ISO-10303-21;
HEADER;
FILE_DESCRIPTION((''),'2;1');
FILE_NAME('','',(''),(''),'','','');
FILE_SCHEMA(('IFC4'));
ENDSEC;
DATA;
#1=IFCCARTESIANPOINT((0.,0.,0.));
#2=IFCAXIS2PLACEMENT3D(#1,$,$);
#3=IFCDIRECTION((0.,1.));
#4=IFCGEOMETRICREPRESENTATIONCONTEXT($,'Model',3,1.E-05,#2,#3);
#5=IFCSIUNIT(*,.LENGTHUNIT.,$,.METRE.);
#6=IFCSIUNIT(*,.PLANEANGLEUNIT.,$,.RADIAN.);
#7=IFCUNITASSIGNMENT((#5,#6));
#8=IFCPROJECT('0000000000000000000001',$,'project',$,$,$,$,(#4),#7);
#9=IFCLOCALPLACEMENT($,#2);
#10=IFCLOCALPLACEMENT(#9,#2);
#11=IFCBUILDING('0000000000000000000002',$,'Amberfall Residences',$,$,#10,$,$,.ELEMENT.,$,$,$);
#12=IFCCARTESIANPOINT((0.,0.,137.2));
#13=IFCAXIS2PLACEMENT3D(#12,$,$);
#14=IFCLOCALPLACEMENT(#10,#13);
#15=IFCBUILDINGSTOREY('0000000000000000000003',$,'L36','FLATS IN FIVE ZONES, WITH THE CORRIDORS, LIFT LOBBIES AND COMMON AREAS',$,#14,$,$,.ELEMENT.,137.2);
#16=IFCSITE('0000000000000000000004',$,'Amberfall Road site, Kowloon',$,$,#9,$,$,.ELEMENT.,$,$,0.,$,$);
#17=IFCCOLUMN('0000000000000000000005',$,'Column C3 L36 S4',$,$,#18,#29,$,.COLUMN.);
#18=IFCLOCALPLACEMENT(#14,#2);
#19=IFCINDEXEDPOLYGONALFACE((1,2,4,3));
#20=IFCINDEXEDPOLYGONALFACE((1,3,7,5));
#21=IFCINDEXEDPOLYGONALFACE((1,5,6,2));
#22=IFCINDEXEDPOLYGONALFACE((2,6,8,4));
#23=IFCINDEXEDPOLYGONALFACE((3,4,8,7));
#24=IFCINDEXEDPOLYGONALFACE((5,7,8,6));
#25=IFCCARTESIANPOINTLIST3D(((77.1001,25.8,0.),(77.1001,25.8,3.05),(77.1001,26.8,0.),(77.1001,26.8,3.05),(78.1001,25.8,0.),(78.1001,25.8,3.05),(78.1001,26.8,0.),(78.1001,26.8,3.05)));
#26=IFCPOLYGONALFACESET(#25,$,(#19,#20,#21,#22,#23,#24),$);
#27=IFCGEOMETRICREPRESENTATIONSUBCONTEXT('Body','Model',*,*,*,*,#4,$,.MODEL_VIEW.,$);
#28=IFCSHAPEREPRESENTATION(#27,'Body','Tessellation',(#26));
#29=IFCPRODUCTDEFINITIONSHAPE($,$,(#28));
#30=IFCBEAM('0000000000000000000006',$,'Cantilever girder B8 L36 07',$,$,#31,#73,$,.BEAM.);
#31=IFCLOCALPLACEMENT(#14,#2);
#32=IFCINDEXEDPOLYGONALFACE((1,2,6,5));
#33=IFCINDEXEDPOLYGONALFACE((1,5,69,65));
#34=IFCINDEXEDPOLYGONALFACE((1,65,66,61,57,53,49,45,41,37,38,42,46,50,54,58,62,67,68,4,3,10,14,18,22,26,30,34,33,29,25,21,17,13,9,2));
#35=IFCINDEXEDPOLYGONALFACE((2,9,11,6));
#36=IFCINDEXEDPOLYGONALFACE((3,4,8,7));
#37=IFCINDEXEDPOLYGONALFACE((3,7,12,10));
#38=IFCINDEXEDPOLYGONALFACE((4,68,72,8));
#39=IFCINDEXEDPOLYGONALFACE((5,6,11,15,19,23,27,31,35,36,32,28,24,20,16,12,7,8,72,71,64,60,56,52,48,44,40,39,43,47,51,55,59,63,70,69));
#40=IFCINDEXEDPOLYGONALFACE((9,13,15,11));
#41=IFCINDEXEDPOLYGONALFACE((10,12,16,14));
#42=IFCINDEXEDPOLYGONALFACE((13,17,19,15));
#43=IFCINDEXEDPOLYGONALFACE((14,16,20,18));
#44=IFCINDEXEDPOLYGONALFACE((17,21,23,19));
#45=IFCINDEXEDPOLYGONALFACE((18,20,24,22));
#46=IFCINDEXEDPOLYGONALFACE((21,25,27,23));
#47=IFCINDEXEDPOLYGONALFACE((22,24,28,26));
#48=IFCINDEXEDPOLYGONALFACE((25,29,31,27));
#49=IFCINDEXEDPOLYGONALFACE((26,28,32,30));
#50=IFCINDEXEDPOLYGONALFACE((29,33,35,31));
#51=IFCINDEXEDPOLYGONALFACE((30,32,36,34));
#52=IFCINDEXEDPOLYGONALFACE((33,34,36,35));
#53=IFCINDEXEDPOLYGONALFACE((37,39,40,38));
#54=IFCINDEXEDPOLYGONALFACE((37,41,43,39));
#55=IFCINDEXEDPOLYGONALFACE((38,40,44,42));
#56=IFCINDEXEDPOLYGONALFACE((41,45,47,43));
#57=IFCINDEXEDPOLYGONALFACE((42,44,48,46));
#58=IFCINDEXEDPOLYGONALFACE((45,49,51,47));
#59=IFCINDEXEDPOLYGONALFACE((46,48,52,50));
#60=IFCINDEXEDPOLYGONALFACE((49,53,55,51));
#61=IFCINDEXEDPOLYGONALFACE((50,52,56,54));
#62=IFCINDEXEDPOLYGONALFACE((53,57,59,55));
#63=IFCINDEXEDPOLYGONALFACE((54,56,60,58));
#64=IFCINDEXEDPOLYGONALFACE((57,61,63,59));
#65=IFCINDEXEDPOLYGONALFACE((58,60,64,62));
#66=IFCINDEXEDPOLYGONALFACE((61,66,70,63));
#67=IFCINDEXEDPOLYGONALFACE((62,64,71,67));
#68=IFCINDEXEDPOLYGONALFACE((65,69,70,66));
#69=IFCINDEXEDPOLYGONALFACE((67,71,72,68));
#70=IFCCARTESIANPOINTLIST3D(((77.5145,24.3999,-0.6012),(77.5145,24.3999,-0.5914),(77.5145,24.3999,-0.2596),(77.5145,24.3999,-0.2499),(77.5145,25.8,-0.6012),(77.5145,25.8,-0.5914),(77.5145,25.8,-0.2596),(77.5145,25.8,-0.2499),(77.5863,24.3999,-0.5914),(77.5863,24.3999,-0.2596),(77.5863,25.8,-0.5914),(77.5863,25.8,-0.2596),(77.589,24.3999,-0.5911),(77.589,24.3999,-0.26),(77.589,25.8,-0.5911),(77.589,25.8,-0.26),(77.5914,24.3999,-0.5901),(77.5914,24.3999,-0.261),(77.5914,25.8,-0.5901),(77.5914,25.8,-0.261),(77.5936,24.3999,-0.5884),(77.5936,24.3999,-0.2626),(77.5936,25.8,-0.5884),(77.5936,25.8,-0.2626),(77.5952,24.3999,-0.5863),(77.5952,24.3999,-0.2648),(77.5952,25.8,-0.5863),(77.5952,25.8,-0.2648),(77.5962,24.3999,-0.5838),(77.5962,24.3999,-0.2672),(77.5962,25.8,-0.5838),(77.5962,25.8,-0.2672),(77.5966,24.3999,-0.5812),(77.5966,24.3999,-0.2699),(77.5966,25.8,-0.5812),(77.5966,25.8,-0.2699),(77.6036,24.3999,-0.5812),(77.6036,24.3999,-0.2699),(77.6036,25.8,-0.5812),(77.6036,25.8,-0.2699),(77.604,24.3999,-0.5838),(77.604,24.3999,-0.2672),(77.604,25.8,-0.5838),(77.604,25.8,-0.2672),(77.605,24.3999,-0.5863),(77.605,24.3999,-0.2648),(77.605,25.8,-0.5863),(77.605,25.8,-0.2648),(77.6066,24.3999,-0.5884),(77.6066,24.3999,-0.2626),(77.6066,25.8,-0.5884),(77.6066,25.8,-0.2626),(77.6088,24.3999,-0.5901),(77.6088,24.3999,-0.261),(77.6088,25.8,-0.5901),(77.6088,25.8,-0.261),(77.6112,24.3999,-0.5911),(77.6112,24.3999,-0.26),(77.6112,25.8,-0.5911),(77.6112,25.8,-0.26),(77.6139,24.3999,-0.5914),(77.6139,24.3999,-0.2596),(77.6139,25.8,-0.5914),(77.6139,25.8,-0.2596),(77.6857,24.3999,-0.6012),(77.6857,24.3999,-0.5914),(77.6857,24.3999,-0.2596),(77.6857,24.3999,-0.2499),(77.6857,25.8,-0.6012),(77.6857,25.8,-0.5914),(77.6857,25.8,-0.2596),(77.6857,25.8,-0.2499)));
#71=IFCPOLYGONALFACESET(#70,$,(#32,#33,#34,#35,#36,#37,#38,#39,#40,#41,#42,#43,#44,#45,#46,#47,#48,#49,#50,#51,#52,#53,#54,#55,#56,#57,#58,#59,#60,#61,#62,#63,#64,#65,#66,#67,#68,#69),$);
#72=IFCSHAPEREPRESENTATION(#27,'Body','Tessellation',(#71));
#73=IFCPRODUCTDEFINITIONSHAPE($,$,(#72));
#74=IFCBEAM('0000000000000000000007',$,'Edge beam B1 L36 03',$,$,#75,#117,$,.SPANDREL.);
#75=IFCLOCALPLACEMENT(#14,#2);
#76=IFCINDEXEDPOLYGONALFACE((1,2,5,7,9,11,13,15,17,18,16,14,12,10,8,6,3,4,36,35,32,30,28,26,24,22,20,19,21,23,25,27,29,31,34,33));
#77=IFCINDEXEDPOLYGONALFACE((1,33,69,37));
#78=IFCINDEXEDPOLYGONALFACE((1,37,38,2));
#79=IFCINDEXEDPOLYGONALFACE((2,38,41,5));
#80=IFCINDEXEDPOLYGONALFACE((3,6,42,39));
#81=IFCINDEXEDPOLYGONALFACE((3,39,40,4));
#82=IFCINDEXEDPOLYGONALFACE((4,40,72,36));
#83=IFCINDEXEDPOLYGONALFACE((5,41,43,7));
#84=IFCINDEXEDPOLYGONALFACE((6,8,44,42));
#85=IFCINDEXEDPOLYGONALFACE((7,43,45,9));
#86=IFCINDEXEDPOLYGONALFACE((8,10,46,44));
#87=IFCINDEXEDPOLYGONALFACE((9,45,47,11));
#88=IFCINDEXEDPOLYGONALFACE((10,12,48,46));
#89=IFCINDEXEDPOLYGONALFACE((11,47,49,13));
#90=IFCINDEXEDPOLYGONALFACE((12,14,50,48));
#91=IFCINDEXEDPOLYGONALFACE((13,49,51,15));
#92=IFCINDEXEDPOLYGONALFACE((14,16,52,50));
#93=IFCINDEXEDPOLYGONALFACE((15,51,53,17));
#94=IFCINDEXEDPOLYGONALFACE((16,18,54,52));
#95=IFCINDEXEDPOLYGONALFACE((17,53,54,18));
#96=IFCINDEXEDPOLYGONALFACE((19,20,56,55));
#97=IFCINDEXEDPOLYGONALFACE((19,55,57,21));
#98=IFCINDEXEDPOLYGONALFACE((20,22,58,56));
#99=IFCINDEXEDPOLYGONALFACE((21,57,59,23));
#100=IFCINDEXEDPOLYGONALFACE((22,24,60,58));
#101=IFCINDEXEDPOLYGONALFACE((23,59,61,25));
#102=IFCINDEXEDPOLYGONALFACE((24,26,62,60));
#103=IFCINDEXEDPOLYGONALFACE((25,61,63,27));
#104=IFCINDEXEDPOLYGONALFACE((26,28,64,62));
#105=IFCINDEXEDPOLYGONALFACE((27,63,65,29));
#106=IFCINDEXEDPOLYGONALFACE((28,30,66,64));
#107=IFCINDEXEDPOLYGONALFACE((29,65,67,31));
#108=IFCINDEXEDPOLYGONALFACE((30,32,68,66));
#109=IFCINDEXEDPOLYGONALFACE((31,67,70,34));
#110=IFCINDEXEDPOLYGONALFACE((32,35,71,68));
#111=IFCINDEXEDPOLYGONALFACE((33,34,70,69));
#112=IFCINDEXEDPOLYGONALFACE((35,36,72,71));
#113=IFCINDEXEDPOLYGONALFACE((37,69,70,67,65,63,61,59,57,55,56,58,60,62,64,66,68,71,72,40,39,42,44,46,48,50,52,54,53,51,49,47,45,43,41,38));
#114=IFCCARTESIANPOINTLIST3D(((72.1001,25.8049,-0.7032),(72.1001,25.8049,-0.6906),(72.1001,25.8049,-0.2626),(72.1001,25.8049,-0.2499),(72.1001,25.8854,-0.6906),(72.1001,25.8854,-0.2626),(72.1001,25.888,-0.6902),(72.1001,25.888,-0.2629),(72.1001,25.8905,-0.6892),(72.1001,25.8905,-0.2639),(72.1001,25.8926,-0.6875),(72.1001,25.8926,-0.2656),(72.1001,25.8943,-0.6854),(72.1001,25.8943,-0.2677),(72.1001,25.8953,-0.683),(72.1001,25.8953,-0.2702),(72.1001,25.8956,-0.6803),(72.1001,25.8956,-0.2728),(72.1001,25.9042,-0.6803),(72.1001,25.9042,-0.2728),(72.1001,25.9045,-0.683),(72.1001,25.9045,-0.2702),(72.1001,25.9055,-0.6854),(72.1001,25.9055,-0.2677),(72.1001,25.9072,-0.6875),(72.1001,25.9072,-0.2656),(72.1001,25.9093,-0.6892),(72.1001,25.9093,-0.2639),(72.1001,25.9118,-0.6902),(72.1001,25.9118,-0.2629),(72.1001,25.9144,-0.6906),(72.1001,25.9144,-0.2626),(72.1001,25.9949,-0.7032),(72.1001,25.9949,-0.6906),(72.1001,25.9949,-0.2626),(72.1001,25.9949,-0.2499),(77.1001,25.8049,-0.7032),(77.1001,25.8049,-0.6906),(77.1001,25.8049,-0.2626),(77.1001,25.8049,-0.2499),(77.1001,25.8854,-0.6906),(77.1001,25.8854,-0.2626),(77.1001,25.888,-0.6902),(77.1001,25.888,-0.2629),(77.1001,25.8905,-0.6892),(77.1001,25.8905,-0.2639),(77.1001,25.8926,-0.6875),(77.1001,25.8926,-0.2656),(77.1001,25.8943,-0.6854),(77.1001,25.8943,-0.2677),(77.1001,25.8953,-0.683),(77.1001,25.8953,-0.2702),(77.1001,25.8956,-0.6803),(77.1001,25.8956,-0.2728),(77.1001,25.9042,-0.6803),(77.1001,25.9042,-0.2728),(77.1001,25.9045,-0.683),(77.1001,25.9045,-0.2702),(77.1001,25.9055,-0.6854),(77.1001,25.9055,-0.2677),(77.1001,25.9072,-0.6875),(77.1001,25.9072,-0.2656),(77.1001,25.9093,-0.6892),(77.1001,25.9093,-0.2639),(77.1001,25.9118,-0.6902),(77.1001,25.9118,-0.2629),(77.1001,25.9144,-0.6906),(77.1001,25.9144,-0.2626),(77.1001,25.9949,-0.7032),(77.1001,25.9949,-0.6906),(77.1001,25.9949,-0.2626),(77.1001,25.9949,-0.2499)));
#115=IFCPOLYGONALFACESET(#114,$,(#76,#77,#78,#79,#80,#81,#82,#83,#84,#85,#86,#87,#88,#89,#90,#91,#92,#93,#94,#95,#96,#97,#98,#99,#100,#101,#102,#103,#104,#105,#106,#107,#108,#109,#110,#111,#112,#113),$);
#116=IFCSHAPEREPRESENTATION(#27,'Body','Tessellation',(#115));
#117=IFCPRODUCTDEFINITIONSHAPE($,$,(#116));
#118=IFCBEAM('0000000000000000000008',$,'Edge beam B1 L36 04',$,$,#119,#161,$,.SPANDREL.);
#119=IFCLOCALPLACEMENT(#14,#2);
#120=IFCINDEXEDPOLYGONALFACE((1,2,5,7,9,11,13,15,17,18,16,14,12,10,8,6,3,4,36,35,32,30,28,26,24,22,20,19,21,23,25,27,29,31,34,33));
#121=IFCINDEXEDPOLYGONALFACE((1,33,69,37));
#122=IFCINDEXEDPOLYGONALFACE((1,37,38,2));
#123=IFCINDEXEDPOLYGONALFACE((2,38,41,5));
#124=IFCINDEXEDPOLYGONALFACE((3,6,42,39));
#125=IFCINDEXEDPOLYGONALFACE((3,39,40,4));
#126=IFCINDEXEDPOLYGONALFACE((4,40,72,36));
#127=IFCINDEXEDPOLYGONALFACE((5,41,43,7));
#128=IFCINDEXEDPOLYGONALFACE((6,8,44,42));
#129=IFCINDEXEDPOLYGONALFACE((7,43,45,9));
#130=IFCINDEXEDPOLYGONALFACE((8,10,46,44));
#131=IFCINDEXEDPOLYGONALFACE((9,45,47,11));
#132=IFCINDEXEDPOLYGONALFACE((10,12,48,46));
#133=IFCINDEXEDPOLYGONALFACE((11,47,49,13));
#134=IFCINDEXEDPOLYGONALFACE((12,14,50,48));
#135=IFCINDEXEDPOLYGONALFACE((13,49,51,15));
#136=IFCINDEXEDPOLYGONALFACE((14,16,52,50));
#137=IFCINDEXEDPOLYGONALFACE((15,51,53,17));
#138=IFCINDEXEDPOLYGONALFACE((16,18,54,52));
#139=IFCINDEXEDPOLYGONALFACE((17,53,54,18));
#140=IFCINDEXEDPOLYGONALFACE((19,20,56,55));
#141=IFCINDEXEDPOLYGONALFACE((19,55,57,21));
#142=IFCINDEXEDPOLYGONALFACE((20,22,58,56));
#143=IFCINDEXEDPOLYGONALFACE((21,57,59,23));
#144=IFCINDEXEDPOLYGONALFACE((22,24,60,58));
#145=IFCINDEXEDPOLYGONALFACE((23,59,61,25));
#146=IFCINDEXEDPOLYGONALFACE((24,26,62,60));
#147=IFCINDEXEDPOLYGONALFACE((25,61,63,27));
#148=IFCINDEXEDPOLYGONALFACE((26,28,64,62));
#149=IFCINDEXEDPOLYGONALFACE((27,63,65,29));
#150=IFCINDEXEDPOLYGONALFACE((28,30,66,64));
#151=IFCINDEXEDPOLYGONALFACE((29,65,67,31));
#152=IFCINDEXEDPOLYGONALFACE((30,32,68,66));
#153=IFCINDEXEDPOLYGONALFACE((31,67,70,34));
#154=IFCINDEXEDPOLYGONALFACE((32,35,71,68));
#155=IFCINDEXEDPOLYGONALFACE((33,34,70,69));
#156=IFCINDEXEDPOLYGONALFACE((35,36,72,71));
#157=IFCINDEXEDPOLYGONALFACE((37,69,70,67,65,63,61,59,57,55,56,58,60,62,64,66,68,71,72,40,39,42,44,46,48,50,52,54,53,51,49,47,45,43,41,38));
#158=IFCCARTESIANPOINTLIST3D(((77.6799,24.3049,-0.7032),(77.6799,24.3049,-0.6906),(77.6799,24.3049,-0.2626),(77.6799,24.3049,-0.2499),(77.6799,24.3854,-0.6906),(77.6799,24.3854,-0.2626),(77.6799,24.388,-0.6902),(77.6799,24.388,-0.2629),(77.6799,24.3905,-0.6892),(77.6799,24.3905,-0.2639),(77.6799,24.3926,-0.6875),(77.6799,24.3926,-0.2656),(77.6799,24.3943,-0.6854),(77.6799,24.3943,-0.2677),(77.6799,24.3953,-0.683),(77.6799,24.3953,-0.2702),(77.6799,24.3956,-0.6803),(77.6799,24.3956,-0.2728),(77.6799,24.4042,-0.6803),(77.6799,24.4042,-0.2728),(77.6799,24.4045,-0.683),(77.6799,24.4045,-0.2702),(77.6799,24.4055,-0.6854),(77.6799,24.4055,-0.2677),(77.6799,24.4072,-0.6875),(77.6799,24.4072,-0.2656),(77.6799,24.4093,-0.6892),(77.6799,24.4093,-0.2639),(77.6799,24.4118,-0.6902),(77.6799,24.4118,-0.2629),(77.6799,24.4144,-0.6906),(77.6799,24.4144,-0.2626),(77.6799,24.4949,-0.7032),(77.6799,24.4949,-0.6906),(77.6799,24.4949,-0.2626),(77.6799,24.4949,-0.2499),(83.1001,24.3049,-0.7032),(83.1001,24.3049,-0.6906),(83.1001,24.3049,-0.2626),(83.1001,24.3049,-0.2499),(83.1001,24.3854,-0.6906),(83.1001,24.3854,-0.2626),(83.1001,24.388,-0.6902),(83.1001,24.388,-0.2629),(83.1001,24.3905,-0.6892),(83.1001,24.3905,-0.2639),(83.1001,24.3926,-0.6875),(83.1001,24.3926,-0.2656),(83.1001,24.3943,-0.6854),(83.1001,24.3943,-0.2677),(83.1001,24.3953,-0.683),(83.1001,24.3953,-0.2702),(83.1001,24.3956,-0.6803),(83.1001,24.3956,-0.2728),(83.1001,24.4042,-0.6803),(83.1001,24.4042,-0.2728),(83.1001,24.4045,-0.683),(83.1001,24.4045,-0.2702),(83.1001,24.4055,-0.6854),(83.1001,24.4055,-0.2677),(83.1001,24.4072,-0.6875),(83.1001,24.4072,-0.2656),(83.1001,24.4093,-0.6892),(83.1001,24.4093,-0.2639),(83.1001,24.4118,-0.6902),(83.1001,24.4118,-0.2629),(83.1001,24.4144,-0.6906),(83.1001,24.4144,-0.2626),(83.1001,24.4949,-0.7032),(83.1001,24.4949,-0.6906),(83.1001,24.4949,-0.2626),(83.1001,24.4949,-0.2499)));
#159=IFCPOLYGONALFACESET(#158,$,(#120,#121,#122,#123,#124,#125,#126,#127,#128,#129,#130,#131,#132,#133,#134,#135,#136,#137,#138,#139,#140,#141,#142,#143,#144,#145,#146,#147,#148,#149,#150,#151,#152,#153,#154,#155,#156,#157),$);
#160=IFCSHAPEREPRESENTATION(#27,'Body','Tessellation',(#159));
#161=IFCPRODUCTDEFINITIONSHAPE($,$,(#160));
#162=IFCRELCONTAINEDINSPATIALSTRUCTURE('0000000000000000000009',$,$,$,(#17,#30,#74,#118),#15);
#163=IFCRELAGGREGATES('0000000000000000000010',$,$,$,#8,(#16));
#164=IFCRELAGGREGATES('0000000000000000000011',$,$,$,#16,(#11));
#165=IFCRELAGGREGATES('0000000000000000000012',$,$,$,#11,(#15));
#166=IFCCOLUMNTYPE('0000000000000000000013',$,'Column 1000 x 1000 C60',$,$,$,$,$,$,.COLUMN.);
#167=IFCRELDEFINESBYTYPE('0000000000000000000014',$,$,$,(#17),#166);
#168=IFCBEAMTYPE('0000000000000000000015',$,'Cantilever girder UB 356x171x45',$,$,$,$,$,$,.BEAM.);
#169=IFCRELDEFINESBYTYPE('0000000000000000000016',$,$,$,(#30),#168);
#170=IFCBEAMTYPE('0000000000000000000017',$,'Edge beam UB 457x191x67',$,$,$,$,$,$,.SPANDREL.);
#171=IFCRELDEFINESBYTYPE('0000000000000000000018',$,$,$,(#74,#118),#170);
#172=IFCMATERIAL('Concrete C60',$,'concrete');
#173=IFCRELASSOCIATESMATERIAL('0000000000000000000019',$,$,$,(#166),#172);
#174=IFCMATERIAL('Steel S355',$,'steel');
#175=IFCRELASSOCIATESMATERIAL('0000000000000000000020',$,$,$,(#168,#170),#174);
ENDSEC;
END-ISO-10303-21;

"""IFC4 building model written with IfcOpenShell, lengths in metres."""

from ifc_helpers import new_model, si_unit, direction, frame, origin, origin_2d, place, context, subcontext, project, spatial, rectangle, i_section, extrude, material, material_profile, profile_set, type_object, element, save


model = new_model("IFC4")

# Units and contexts
model_context = context("Model", 3, precision=1e-05, world=origin(), true_north=direction((0.0, 1.0)))
body_context = subcontext(model_context, "Body", "Model", "MODEL_VIEW")
ifc_project = project(units=[si_unit("LENGTHUNIT", "METRE"), si_unit("PLANEANGLEUNIT", "RADIAN")], contexts=[model_context])

# Site, building, storey
site_placement = place(None, origin())
site = spatial("IfcSite", under=ifc_project, at=site_placement, Name="Amberfall Road site, Kowloon", CompositionType="ELEMENT", RefElevation=0.0)
building_placement = place(site_placement, origin())
building = spatial("IfcBuilding", under=site, at=building_placement, Name="Amberfall Residences", CompositionType="ELEMENT")
storey_placement = place(building_placement, frame((0.0, 0.0, 137.2)))
storey = spatial("IfcBuildingStorey", under=building, at=storey_placement, Name="L36", Description="FLATS IN FIVE ZONES, WITH THE CORRIDORS, LIFT LOBBIES AND COMMON AREAS", CompositionType="ELEMENT", Elevation=137.2)

# Column
ifc_material_1 = material(Name="Concrete C60", Category="concrete")
ifc_material_profile_1 = material_profile(ifc_material_1, rectangle(XDim=1.0, YDim=1.0, at=origin_2d()), Name="Column 1000 x 1000 C60")
ifc_profile_set_1 = profile_set([ifc_material_profile_1], Name="Concrete C60")
column_type = type_object("IfcColumnType", Name="Column 1000 x 1000 C60", PredefinedType="COLUMN", material=ifc_profile_set_1)
column_placement = place(storey_placement, frame((77.6001, 26.3, 0.0), z_axis=(0.0, 0.0, 1.0), x_axis=(1.0, 0.0, 0.0)))
element("IfcColumn", 1, at=column_placement, inside=storey, type_object=column_type, Name="Column C3 L36 S4", PredefinedType="COLUMN", context=body_context, shape_type="SweptSolid", body=[
    extrude(rectangle(XDim=1.0, YDim=1.0, at=origin_2d()), origin(), (0.0, 0.0, 1.0), 3.05),
])

# Beams
ifc_material_2 = material(Name="Steel S355", Category="steel")
ifc_material_profile_2 = material_profile(ifc_material_2, i_section(OverallWidth=0.1711, OverallDepth=0.3513, WebThickness=0.0071, FlangeThickness=0.0098, FilletRadius=0.0103, at=origin_2d()), Name="UB 356x171x45")
ifc_profile_set_2 = profile_set([ifc_material_profile_2], Name="Steel S355")
beam_type_1 = type_object("IfcBeamType", Name="Cantilever girder UB 356x171x45", PredefinedType="BEAM", material=ifc_profile_set_2)
beam_1_placement = place(storey_placement, frame((77.6001, 25.8, -0.4255), z_axis=(0.0, -1.0, 0.0), x_axis=(1.0, 0.0, 0.0)))
element("IfcBeam", 2, at=beam_1_placement, inside=storey, type_object=beam_type_1, Name="Cantilever girder B8 L36 07", PredefinedType="BEAM", context=body_context, shape_type="SweptSolid", body=[
    extrude(i_section(OverallWidth=0.1711, OverallDepth=0.3513, WebThickness=0.0071, FlangeThickness=0.0098, FilletRadius=0.0103, at=origin_2d()), origin(), (0.0, 0.0, 1.0), 1.4001),
])
ifc_material_profile_3 = material_profile(ifc_material_2, i_section(OverallWidth=0.1899, OverallDepth=0.4534, WebThickness=0.0085, FlangeThickness=0.0127, FilletRadius=0.0103, at=origin_2d()), Name="UB 457x191x67")
ifc_profile_set_3 = profile_set([ifc_material_profile_3], Name="Steel S355")
beam_type_2 = type_object("IfcBeamType", Name="Edge beam UB 457x191x67", PredefinedType="SPANDREL", material=ifc_profile_set_3)
beam_2_placement = place(storey_placement, frame((72.1001, 25.8999, -0.4766), z_axis=(1.0, 0.0, 0.0), x_axis=(0.0, 1.0, 0.0)))
element("IfcBeam", 3, at=beam_2_placement, inside=storey, type_object=beam_type_2, Name="Edge beam B1 L36 03", PredefinedType="SPANDREL", context=body_context, shape_type="SweptSolid", body=[
    extrude(i_section(OverallWidth=0.1899, OverallDepth=0.4534, WebThickness=0.0085, FlangeThickness=0.0127, FilletRadius=0.0103, at=origin_2d()), origin(), (0.0, 0.0, 1.0), 5.0),
])
beam_3_placement = place(storey_placement, frame((77.6799, 24.3999, -0.4766), z_axis=(1.0, 0.0, 0.0), x_axis=(0.0, 1.0, 0.0)))
element("IfcBeam", 4, at=beam_3_placement, inside=storey, type_object=beam_type_2, Name="Edge beam B1 L36 04", PredefinedType="SPANDREL", context=body_context, shape_type="SweptSolid", body=[
    extrude(i_section(OverallWidth=0.1899, OverallDepth=0.4534, WebThickness=0.0085, FlangeThickness=0.0127, FilletRadius=0.0103, at=origin_2d()), origin(), (0.0, 0.0, 1.0), 5.4202),
])

save(model, "model.ifc")
